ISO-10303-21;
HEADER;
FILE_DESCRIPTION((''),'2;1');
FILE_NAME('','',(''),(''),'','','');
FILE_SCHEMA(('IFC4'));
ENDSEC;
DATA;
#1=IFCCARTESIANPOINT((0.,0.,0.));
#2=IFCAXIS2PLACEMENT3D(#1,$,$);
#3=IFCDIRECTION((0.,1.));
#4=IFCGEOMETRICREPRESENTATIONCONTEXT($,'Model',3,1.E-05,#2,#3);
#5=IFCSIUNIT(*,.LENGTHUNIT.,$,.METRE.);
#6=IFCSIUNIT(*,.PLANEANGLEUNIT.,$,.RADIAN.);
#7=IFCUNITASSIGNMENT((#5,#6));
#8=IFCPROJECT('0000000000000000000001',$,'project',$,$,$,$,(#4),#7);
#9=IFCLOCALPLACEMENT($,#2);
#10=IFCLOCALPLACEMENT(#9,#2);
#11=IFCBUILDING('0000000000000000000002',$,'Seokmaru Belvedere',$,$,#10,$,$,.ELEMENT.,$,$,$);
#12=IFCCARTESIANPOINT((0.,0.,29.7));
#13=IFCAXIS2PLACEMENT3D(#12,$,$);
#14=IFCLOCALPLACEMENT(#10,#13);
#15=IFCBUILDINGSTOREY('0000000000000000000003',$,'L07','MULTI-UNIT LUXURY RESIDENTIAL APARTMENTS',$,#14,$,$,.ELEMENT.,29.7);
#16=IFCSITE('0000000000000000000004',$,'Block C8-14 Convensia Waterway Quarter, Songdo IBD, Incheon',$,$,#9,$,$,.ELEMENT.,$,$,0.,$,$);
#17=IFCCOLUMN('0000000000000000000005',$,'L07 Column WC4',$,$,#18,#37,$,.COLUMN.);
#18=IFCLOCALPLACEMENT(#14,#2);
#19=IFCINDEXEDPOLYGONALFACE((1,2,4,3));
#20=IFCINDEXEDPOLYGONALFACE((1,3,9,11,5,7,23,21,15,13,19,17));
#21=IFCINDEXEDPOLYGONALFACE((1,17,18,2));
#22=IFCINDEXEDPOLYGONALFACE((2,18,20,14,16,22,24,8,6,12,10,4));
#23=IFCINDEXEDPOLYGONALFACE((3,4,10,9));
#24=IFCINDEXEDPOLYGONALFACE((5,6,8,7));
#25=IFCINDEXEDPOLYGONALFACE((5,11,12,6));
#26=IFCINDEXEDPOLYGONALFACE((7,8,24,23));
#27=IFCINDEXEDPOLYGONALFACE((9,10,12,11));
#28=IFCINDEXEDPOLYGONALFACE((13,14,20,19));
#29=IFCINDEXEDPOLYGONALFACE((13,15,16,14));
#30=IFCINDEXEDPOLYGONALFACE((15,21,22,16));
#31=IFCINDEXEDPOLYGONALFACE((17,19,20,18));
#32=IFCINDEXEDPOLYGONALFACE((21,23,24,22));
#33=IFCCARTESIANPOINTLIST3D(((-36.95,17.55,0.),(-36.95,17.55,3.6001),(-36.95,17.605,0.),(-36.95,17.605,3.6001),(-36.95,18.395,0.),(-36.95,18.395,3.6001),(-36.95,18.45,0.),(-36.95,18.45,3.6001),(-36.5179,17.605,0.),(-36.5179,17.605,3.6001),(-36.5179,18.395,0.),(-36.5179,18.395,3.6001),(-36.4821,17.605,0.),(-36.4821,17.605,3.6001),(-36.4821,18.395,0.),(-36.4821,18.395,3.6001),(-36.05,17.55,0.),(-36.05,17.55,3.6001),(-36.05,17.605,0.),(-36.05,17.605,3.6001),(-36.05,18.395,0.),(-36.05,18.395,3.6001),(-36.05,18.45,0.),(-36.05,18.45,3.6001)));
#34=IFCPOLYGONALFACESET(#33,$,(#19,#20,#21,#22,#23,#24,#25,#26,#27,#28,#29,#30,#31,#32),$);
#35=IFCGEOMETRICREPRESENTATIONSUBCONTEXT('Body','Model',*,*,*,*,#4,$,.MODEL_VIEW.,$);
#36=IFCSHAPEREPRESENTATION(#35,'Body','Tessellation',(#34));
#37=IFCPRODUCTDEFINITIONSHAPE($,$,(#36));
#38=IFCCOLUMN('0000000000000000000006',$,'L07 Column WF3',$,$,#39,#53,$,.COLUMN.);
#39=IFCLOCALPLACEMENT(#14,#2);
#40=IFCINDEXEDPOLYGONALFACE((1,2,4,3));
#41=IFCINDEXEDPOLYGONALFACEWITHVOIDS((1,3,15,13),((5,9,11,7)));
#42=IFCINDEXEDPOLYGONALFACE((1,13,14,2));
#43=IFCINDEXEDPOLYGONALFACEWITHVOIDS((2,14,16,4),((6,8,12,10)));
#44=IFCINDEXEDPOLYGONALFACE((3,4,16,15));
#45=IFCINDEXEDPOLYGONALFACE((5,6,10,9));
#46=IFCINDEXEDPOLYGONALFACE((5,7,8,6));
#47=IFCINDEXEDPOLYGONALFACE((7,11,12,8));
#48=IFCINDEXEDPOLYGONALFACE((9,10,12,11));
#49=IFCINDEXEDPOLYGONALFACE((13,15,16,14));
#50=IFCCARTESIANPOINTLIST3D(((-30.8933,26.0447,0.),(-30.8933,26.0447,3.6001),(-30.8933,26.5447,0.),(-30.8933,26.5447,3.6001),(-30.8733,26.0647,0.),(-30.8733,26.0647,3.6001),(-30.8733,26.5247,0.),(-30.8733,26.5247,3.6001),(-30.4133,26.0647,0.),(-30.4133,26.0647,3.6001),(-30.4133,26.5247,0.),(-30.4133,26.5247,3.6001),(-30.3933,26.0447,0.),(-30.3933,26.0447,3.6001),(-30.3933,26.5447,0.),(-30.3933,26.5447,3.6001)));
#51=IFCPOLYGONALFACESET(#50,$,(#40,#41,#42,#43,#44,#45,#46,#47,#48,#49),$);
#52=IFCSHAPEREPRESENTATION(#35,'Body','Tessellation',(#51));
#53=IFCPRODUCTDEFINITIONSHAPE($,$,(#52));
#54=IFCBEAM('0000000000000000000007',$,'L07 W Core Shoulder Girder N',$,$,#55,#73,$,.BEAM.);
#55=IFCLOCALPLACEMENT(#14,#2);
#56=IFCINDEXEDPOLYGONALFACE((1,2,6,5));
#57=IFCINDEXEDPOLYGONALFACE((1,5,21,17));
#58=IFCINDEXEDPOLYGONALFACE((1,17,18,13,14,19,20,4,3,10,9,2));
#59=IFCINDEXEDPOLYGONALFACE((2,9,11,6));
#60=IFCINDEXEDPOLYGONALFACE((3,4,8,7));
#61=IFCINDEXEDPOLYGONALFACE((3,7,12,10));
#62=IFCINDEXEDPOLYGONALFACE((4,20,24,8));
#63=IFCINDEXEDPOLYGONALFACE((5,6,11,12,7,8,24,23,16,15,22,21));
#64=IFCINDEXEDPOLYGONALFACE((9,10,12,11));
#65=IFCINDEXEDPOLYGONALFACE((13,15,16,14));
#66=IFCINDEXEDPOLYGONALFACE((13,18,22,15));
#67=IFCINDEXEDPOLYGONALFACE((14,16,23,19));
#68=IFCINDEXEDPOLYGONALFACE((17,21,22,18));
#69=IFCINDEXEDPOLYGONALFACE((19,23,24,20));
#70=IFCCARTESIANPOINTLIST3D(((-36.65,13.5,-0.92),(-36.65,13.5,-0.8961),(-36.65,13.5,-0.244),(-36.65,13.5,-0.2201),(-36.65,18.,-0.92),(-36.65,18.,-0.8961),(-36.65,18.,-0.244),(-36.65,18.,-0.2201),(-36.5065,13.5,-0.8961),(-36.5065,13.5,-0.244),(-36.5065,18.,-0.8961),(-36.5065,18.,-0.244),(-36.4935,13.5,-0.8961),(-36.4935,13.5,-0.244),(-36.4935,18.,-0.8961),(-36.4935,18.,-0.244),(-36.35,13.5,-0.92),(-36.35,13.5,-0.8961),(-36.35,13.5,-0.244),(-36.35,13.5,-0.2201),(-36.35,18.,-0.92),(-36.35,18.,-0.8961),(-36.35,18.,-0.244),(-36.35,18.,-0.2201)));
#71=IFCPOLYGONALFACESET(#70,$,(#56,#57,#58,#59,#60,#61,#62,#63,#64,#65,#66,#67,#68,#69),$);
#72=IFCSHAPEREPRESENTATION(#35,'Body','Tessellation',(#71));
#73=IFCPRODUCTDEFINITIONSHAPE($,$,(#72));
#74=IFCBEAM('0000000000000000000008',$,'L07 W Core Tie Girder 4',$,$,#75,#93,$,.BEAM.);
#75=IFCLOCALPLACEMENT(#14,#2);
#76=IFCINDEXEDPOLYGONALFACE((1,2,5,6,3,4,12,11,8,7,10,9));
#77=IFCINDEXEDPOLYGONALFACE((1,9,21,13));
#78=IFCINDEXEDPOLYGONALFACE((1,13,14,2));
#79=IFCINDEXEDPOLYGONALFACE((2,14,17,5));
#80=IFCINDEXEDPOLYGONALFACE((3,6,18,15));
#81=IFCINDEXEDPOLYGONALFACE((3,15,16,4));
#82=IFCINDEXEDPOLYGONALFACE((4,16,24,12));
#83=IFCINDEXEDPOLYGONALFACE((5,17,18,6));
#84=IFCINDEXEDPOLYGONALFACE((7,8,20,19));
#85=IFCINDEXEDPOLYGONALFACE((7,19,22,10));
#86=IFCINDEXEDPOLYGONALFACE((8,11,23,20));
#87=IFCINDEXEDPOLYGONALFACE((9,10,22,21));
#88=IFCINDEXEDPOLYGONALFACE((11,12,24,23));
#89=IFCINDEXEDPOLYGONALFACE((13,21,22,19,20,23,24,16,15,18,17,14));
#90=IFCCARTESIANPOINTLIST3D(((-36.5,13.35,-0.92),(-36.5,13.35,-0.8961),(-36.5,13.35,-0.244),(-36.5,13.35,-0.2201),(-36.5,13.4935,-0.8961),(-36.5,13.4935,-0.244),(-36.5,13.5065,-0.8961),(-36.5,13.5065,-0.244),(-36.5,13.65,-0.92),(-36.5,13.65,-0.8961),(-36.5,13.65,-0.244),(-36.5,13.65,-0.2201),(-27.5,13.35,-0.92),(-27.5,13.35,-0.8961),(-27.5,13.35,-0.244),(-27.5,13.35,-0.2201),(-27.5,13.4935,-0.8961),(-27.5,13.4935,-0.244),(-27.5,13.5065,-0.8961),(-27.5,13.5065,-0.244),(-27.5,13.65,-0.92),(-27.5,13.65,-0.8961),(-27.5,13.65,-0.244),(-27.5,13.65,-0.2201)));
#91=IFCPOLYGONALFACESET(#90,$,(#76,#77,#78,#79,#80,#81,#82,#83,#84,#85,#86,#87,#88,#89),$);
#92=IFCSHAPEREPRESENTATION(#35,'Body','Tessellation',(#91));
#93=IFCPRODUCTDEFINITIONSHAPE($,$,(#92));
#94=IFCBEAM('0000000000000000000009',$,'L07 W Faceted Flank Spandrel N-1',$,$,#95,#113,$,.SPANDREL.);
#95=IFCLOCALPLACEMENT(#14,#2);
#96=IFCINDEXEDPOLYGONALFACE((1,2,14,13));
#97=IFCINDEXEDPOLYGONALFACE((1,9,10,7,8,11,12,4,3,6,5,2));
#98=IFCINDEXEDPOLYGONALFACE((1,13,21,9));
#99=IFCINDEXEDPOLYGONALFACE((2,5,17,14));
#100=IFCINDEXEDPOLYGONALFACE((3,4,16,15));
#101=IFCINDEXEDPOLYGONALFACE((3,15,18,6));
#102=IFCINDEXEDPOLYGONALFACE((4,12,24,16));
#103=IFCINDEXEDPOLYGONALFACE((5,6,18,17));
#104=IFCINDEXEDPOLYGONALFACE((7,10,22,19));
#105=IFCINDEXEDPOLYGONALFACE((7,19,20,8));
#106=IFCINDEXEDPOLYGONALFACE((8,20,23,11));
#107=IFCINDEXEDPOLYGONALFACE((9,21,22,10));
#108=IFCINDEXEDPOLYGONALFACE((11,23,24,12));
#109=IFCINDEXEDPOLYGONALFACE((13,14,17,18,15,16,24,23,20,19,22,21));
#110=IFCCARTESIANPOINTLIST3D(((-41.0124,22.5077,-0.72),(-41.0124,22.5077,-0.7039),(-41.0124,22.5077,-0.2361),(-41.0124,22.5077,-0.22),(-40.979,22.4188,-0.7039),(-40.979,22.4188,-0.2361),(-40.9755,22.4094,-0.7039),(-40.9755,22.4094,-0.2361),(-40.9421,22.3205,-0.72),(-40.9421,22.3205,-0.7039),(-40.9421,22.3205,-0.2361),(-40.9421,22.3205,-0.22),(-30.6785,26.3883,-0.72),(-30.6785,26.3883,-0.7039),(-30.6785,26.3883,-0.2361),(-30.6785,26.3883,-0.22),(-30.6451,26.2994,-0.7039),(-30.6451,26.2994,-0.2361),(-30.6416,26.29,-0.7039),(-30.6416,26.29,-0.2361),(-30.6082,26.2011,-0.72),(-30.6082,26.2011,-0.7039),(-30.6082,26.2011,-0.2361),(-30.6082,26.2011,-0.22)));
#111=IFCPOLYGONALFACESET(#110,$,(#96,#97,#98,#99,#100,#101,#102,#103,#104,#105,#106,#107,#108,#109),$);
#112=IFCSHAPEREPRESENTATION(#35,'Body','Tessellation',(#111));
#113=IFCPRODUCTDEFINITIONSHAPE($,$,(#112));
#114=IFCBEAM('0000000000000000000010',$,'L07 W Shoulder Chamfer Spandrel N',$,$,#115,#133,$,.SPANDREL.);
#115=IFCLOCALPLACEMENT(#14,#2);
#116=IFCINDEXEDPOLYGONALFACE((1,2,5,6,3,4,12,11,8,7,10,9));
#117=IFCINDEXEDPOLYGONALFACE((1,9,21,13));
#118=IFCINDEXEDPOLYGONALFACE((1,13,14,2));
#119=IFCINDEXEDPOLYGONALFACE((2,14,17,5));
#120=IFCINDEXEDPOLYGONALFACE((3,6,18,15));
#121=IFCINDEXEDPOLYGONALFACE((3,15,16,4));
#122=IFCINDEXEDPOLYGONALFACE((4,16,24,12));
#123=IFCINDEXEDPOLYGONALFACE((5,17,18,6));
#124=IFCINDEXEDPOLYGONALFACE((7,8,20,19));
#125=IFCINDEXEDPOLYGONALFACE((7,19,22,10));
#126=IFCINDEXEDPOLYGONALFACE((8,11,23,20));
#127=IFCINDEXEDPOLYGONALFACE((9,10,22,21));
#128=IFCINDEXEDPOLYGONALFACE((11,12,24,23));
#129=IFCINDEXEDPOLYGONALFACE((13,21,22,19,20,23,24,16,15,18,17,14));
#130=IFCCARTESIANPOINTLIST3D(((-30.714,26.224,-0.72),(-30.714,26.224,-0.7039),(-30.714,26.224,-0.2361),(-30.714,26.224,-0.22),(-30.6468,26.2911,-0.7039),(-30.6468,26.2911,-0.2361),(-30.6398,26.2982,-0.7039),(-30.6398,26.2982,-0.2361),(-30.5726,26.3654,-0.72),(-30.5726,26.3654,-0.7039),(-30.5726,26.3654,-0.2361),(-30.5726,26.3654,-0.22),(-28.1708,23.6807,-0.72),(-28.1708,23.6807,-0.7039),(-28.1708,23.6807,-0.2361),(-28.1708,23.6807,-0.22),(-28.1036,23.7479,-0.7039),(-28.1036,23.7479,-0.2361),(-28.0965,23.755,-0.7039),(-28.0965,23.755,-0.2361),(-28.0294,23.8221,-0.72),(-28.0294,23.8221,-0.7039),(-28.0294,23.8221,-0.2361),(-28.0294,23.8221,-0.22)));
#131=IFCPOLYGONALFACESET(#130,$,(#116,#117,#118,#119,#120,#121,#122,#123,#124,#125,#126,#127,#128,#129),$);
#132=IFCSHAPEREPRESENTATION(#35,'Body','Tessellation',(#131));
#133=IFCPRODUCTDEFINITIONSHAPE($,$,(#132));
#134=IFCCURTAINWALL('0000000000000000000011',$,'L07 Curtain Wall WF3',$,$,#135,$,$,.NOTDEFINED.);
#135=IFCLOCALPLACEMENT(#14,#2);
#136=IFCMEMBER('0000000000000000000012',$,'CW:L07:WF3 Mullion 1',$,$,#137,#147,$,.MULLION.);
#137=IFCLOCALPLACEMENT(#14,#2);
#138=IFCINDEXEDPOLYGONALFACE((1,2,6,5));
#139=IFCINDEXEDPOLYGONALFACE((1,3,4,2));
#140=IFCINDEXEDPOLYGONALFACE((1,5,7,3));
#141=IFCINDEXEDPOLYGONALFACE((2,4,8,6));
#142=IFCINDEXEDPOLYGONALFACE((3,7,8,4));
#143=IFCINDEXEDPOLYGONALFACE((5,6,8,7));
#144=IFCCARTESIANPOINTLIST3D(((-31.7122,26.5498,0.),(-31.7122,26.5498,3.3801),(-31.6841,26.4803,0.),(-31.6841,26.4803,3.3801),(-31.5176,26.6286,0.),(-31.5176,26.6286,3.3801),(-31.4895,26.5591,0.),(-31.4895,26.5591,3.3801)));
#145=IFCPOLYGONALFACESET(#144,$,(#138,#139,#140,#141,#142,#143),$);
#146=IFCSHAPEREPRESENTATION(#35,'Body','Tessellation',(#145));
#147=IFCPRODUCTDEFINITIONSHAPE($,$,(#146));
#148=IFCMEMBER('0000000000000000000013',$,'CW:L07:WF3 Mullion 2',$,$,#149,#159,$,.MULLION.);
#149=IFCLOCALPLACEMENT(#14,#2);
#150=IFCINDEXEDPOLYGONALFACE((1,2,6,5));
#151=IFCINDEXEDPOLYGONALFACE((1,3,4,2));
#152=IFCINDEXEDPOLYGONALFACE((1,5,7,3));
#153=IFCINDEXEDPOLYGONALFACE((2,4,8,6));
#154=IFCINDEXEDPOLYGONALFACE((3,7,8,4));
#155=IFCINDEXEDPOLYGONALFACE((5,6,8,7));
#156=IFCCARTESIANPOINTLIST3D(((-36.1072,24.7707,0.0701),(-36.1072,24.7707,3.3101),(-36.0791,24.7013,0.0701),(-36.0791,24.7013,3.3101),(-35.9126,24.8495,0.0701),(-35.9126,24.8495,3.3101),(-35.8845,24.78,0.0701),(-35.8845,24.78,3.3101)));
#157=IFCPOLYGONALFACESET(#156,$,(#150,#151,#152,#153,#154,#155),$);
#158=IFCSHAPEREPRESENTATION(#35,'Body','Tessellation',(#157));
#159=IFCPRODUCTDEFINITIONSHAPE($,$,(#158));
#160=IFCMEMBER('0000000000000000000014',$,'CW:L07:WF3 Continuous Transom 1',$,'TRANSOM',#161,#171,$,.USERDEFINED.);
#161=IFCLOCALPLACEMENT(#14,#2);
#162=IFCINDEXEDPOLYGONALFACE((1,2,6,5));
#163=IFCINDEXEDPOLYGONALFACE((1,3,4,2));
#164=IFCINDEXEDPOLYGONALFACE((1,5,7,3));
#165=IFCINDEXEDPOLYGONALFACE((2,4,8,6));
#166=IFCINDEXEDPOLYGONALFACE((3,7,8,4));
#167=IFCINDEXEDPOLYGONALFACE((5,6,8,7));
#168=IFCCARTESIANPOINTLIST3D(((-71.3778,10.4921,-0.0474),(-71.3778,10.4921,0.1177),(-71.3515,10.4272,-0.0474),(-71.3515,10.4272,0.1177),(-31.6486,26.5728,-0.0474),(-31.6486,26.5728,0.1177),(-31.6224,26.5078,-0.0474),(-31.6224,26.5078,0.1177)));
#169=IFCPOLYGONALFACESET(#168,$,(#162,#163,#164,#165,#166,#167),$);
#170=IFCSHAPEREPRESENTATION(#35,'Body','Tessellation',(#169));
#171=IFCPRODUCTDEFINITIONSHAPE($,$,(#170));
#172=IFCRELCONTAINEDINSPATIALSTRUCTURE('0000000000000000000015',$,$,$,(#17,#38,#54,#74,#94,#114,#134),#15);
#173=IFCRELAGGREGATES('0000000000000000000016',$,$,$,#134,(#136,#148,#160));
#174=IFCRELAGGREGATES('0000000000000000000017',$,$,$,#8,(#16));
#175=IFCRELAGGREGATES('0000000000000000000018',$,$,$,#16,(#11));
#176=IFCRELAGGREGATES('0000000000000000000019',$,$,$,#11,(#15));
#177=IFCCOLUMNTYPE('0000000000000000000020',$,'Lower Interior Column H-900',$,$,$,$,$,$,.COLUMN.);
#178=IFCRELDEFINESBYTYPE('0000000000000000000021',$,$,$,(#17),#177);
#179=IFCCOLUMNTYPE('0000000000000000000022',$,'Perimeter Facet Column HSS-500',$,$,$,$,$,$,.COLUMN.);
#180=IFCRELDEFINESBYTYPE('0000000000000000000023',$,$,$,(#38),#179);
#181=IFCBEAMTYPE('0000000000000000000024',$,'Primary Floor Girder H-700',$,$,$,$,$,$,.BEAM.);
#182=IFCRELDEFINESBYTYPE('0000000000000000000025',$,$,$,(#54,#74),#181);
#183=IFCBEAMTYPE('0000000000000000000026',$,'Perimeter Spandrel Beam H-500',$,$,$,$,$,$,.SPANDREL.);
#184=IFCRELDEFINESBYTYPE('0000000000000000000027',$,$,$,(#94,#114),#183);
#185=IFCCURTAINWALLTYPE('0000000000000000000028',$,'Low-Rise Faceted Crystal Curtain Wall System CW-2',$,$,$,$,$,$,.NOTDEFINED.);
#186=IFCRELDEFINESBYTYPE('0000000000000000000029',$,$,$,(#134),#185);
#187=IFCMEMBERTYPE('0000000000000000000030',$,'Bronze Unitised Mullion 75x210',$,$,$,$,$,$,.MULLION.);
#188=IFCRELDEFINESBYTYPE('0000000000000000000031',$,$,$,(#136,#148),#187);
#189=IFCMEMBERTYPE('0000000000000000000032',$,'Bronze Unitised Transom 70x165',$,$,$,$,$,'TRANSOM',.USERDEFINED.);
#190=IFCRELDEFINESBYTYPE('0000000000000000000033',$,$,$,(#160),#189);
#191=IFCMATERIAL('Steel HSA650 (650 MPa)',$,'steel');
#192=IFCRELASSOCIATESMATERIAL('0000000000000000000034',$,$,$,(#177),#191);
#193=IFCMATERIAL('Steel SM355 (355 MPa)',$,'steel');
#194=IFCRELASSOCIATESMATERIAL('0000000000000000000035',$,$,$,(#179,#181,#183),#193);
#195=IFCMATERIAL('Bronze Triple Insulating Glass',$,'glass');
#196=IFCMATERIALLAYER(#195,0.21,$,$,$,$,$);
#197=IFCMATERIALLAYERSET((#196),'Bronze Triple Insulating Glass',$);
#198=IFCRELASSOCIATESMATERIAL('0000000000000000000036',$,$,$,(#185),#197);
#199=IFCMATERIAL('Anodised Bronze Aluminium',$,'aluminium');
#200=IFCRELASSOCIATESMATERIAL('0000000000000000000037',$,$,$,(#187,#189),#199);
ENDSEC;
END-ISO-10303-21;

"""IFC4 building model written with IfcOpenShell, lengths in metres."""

from ifc_helpers import new_model, si_unit, direction, frame, origin, origin_2d, place, context, subcontext, project, spatial, rectangle, hollow_rectangle, i_section, extrude, source, transform, mapped, material, layer, layer_set, material_profile, profile_set, type_object, type_shapes, element, aggregate, save


model = new_model("IFC4")

# Units and contexts
model_context = context("Model", 3, precision=1e-05, world=origin(), true_north=direction((0.0, 1.0)))
body_context = subcontext(model_context, "Body", "Model", "MODEL_VIEW")
ifc_project = project(units=[si_unit("LENGTHUNIT", "METRE"), si_unit("PLANEANGLEUNIT", "RADIAN")], contexts=[model_context])

# Site, building, storey
site_placement = place(None, origin())
site = spatial("IfcSite", under=ifc_project, at=site_placement, Name="Block C8-14 Convensia Waterway Quarter, Songdo IBD, Incheon", CompositionType="ELEMENT", RefElevation=0.0)
building_placement = place(site_placement, origin())
building = spatial("IfcBuilding", under=site, at=building_placement, Name="Seokmaru Belvedere", CompositionType="ELEMENT")
storey_placement = place(building_placement, frame((0.0, 0.0, 29.7)))
storey = spatial("IfcBuildingStorey", under=building, at=storey_placement, Name="L07", Description="MULTI-UNIT LUXURY RESIDENTIAL APARTMENTS", CompositionType="ELEMENT", Elevation=29.7)

# Columns
ifc_material_1 = material(Name="Steel HSA650 (650 MPa)", Category="steel")
ifc_material_profile_1 = material_profile(ifc_material_1, i_section(OverallWidth=0.8999, OverallDepth=0.8999, WebThickness=0.0359, FlangeThickness=0.0549, at=origin_2d()), Name="H-900x900x36x55")
ifc_profile_set_1 = profile_set([ifc_material_profile_1], Name="Steel HSA650 (650 MPa)")
column_type_1 = type_object("IfcColumnType", Name="Lower Interior Column H-900", PredefinedType="COLUMN", material=ifc_profile_set_1)
shared_shape_1 = source(origin(), body_context, "Body", "SweptSolid", [
    extrude(i_section(OverallWidth=0.8999, OverallDepth=0.8999, WebThickness=0.0359, FlangeThickness=0.0549, at=origin_2d()), origin(), (0.0, 0.0, 1.0), 3.6001),
])
type_shapes(column_type_1, [shared_shape_1])
column_1_placement = place(storey_placement, frame((-36.5, 18.0, 0.0), z_axis=(0.0, 0.0, 1.0), x_axis=(1.0, 0.0, 0.0)))
element("IfcColumn", 1, at=column_1_placement, inside=storey, type_object=column_type_1, Name="L07 Column WC4", PredefinedType="COLUMN", context=body_context, shape_type="MappedRepresentation", body=[
    mapped(shared_shape_1, transform((0.0, 0.0, 0.0), scale=1.0)),
])
ifc_material_2 = material(Name="Steel SM355 (355 MPa)", Category="steel")
ifc_material_profile_2 = material_profile(ifc_material_2, hollow_rectangle(XDim=0.5, YDim=0.5, WallThickness=0.02, at=origin_2d()), Name="HSS-500x500x20")
ifc_profile_set_2 = profile_set([ifc_material_profile_2], Name="Steel SM355 (355 MPa)")
column_type_2 = type_object("IfcColumnType", Name="Perimeter Facet Column HSS-500", PredefinedType="COLUMN", material=ifc_profile_set_2)
shared_shape_2 = source(origin(), body_context, "Body", "SweptSolid", [
    extrude(hollow_rectangle(XDim=0.5, YDim=0.5, WallThickness=0.02, at=origin_2d()), origin(), (0.0, 0.0, 1.0), 3.6001),
])
type_shapes(column_type_2, [shared_shape_2])
column_2_placement = place(storey_placement, frame((-30.6433, 26.2947, 0.0), z_axis=(0.0, 0.0, 1.0), x_axis=(1.0, 0.0, 0.0)))
element("IfcColumn", 2, at=column_2_placement, inside=storey, type_object=column_type_2, Name="L07 Column WF3", PredefinedType="COLUMN", context=body_context, shape_type="MappedRepresentation", body=[
    mapped(shared_shape_2, transform((0.0, 0.0, 0.0), scale=1.0)),
])

# Beams
ifc_material_profile_3 = material_profile(ifc_material_2, i_section(OverallWidth=0.3, OverallDepth=0.7, WebThickness=0.0129, FlangeThickness=0.0239, at=origin_2d()), Name="H-700x300x13x24")
ifc_profile_set_3 = profile_set([ifc_material_profile_3], Name="Steel SM355 (355 MPa)")
beam_type_1 = type_object("IfcBeamType", Name="Primary Floor Girder H-700", PredefinedType="BEAM", material=ifc_profile_set_3)
shared_shape_3 = source(origin(), body_context, "Body", "SweptSolid", [
    extrude(i_section(OverallWidth=0.3, OverallDepth=0.7, WebThickness=0.0129, FlangeThickness=0.0239, at=origin_2d()), origin(), (0.0, 0.0, 1.0), 4.5),
])
beam_1_placement = place(storey_placement, frame((-36.5, 13.5, -0.5701), z_axis=(0.0, 1.0, 0.0), x_axis=(-1.0, 0.0, 0.0)))
element("IfcBeam", 3, at=beam_1_placement, inside=storey, type_object=beam_type_1, Name="L07 W Core Shoulder Girder N", PredefinedType="BEAM", context=body_context, shape_type="MappedRepresentation", body=[
    mapped(shared_shape_3, transform((0.0, 0.0, 0.0), scale=1.0)),
])
shared_shape_4 = source(origin(), body_context, "Body", "SweptSolid", [
    extrude(i_section(OverallWidth=0.3, OverallDepth=0.7, WebThickness=0.0129, FlangeThickness=0.0239, at=origin_2d()), origin(), (0.0, 0.0, 1.0), 9.0),
])
type_shapes(beam_type_1, [shared_shape_3, shared_shape_4])
beam_2_placement = place(storey_placement, frame((-36.5, 13.5, -0.5701), z_axis=(1.0, 0.0, 0.0), x_axis=(0.0, 1.0, 0.0)))
element("IfcBeam", 4, at=beam_2_placement, inside=storey, type_object=beam_type_1, Name="L07 W Core Tie Girder 4", PredefinedType="BEAM", context=body_context, shape_type="MappedRepresentation", body=[
    mapped(shared_shape_4, transform((0.0, 0.0, 0.0), scale=1.0)),
])
ifc_material_profile_4 = material_profile(ifc_material_2, i_section(OverallWidth=0.2, OverallDepth=0.5, WebThickness=0.01, FlangeThickness=0.0161, at=origin_2d()), Name="H-500x200x10x16")
ifc_profile_set_4 = profile_set([ifc_material_profile_4], Name="Steel SM355 (355 MPa)")
beam_type_2 = type_object("IfcBeamType", Name="Perimeter Spandrel Beam H-500", PredefinedType="SPANDREL", material=ifc_profile_set_4)
shared_shape_5 = source(origin(), body_context, "Body", "SweptSolid", [
    extrude(i_section(OverallWidth=0.2, OverallDepth=0.5, WebThickness=0.01, FlangeThickness=0.0161, at=origin_2d()), origin(), (0.0, 0.0, 1.0), 11.0386),
])
beam_3_placement = place(storey_placement, frame((-30.6433, 26.2947, -0.47), z_axis=(-0.936169, -0.35155, 0.0), x_axis=(0.35155, -0.936169, 0.0)))
element("IfcBeam", 5, at=beam_3_placement, inside=storey, type_object=beam_type_2, Name="L07 W Faceted Flank Spandrel N-1", PredefinedType="SPANDREL", context=body_context, shape_type="MappedRepresentation", body=[
    mapped(shared_shape_5, transform((0.0, 0.0, 0.0), scale=1.0)),
])
shared_shape_6 = source(origin(), body_context, "Body", "SweptSolid", [
    extrude(i_section(OverallWidth=0.2, OverallDepth=0.5, WebThickness=0.01, FlangeThickness=0.0161, at=origin_2d()), origin(), (0.0, 0.0, 1.0), 3.5967),
])
type_shapes(beam_type_2, [shared_shape_5, shared_shape_6])
beam_4_placement = place(storey_placement, frame((-30.6433, 26.2947, -0.47), z_axis=(0.707107, -0.707107, 0.0), x_axis=(0.707107, 0.707107, 0.0)))
element("IfcBeam", 6, at=beam_4_placement, inside=storey, type_object=beam_type_2, Name="L07 W Shoulder Chamfer Spandrel N", PredefinedType="SPANDREL", context=body_context, shape_type="MappedRepresentation", body=[
    mapped(shared_shape_6, transform((0.0, 0.0, 0.0), scale=1.0)),
])

# Curtain wall, members
ifc_material_3 = material(Name="Bronze Triple Insulating Glass", Category="glass")
ifc_layer_1 = layer(ifc_material_3, 0.21)
ifc_layer_set_1 = layer_set([ifc_layer_1], Name="Bronze Triple Insulating Glass")
curtain_wall_type = type_object("IfcCurtainWallType", Name="Low-Rise Faceted Crystal Curtain Wall System CW-2", PredefinedType="NOTDEFINED", material=ifc_layer_set_1)
curtain_wall_placement = place(storey_placement, origin())
curtain_wall = element("IfcCurtainWall", 7, at=curtain_wall_placement, inside=storey, type_object=curtain_wall_type, Name="L07 Curtain Wall WF3", PredefinedType="NOTDEFINED")
ifc_material_4 = material(Name="Anodised Bronze Aluminium", Category="aluminium")
ifc_material_profile_5 = material_profile(ifc_material_4, rectangle(XDim=0.075, YDim=0.21, at=origin_2d()), Name="CW-M-75x210")
ifc_profile_set_5 = profile_set([ifc_material_profile_5], Name="Anodised Bronze Aluminium")
member_type_1 = type_object("IfcMemberType", Name="Bronze Unitised Mullion 75x210", PredefinedType="MULLION", material=ifc_profile_set_5)
shared_shape_7 = source(origin(), body_context, "Body", "SweptSolid", [
    extrude(rectangle(XDim=0.075, YDim=0.21, at=origin_2d()), origin(), (0.0, 0.0, 1.0), 3.3801),
])
member_1_placement = place(storey_placement, frame((-31.6008, 26.5544, 0.0), z_axis=(0.0, 0.0, 1.0), x_axis=(0.375192, -0.926947, 0.0)))
member_1 = element("IfcMember", 8, at=member_1_placement, type_object=member_type_1, Name="CW:L07:WF3 Mullion 1", PredefinedType="MULLION", context=body_context, shape_type="MappedRepresentation", body=[
    mapped(shared_shape_7, transform((0.0, 0.0, 0.0), scale=1.0)),
])
shared_shape_8 = source(origin(), body_context, "Body", "SweptSolid", [
    extrude(rectangle(XDim=0.075, YDim=0.21, at=origin_2d()), origin(), (0.0, 0.0, 1.0), 3.24),
])
type_shapes(member_type_1, [shared_shape_7, shared_shape_8])
member_2_placement = place(storey_placement, frame((-35.9958, 24.7754, 0.0701), z_axis=(0.0, 0.0, 1.0), x_axis=(0.375192, -0.926947, 0.0)))
member_2 = element("IfcMember", 9, at=member_2_placement, type_object=member_type_1, Name="CW:L07:WF3 Mullion 2", PredefinedType="MULLION", context=body_context, shape_type="MappedRepresentation", body=[
    mapped(shared_shape_8, transform((0.0, 0.0, 0.0), scale=1.0)),
])
ifc_material_profile_6 = material_profile(ifc_material_4, rectangle(XDim=0.0701, YDim=0.165, at=origin_2d()), Name="CW-T-70x165")
ifc_profile_set_6 = profile_set([ifc_material_profile_6], Name="Anodised Bronze Aluminium")
member_type_2 = type_object("IfcMemberType", Name="Bronze Unitised Transom 70x165", ElementType="TRANSOM", PredefinedType="USERDEFINED", material=ifc_profile_set_6)
shared_shape_9 = source(origin(), body_context, "Body", "SweptSolid", [
    extrude(rectangle(XDim=0.0701, YDim=0.165, at=origin_2d()), origin(), (0.0, 0.0, 1.0), 42.8601),
])
type_shapes(member_type_2, [shared_shape_9])
member_3_placement = place(storey_placement, frame((-31.6355, 26.5403, 0.0352), z_axis=(-0.926949, -0.375188, 0.0), x_axis=(0.375188, -0.926949, 0.0)))
member_3 = element("IfcMember", 10, at=member_3_placement, type_object=member_type_2, Name="CW:L07:WF3 Continuous Transom 1", ObjectType="TRANSOM", PredefinedType="USERDEFINED", context=body_context, shape_type="MappedRepresentation", body=[
    mapped(shared_shape_9, transform((0.0, 0.0, 0.0), scale=1.0)),
])
aggregate(curtain_wall, [member_1, member_2, member_3])

save(model, "model.ifc")
